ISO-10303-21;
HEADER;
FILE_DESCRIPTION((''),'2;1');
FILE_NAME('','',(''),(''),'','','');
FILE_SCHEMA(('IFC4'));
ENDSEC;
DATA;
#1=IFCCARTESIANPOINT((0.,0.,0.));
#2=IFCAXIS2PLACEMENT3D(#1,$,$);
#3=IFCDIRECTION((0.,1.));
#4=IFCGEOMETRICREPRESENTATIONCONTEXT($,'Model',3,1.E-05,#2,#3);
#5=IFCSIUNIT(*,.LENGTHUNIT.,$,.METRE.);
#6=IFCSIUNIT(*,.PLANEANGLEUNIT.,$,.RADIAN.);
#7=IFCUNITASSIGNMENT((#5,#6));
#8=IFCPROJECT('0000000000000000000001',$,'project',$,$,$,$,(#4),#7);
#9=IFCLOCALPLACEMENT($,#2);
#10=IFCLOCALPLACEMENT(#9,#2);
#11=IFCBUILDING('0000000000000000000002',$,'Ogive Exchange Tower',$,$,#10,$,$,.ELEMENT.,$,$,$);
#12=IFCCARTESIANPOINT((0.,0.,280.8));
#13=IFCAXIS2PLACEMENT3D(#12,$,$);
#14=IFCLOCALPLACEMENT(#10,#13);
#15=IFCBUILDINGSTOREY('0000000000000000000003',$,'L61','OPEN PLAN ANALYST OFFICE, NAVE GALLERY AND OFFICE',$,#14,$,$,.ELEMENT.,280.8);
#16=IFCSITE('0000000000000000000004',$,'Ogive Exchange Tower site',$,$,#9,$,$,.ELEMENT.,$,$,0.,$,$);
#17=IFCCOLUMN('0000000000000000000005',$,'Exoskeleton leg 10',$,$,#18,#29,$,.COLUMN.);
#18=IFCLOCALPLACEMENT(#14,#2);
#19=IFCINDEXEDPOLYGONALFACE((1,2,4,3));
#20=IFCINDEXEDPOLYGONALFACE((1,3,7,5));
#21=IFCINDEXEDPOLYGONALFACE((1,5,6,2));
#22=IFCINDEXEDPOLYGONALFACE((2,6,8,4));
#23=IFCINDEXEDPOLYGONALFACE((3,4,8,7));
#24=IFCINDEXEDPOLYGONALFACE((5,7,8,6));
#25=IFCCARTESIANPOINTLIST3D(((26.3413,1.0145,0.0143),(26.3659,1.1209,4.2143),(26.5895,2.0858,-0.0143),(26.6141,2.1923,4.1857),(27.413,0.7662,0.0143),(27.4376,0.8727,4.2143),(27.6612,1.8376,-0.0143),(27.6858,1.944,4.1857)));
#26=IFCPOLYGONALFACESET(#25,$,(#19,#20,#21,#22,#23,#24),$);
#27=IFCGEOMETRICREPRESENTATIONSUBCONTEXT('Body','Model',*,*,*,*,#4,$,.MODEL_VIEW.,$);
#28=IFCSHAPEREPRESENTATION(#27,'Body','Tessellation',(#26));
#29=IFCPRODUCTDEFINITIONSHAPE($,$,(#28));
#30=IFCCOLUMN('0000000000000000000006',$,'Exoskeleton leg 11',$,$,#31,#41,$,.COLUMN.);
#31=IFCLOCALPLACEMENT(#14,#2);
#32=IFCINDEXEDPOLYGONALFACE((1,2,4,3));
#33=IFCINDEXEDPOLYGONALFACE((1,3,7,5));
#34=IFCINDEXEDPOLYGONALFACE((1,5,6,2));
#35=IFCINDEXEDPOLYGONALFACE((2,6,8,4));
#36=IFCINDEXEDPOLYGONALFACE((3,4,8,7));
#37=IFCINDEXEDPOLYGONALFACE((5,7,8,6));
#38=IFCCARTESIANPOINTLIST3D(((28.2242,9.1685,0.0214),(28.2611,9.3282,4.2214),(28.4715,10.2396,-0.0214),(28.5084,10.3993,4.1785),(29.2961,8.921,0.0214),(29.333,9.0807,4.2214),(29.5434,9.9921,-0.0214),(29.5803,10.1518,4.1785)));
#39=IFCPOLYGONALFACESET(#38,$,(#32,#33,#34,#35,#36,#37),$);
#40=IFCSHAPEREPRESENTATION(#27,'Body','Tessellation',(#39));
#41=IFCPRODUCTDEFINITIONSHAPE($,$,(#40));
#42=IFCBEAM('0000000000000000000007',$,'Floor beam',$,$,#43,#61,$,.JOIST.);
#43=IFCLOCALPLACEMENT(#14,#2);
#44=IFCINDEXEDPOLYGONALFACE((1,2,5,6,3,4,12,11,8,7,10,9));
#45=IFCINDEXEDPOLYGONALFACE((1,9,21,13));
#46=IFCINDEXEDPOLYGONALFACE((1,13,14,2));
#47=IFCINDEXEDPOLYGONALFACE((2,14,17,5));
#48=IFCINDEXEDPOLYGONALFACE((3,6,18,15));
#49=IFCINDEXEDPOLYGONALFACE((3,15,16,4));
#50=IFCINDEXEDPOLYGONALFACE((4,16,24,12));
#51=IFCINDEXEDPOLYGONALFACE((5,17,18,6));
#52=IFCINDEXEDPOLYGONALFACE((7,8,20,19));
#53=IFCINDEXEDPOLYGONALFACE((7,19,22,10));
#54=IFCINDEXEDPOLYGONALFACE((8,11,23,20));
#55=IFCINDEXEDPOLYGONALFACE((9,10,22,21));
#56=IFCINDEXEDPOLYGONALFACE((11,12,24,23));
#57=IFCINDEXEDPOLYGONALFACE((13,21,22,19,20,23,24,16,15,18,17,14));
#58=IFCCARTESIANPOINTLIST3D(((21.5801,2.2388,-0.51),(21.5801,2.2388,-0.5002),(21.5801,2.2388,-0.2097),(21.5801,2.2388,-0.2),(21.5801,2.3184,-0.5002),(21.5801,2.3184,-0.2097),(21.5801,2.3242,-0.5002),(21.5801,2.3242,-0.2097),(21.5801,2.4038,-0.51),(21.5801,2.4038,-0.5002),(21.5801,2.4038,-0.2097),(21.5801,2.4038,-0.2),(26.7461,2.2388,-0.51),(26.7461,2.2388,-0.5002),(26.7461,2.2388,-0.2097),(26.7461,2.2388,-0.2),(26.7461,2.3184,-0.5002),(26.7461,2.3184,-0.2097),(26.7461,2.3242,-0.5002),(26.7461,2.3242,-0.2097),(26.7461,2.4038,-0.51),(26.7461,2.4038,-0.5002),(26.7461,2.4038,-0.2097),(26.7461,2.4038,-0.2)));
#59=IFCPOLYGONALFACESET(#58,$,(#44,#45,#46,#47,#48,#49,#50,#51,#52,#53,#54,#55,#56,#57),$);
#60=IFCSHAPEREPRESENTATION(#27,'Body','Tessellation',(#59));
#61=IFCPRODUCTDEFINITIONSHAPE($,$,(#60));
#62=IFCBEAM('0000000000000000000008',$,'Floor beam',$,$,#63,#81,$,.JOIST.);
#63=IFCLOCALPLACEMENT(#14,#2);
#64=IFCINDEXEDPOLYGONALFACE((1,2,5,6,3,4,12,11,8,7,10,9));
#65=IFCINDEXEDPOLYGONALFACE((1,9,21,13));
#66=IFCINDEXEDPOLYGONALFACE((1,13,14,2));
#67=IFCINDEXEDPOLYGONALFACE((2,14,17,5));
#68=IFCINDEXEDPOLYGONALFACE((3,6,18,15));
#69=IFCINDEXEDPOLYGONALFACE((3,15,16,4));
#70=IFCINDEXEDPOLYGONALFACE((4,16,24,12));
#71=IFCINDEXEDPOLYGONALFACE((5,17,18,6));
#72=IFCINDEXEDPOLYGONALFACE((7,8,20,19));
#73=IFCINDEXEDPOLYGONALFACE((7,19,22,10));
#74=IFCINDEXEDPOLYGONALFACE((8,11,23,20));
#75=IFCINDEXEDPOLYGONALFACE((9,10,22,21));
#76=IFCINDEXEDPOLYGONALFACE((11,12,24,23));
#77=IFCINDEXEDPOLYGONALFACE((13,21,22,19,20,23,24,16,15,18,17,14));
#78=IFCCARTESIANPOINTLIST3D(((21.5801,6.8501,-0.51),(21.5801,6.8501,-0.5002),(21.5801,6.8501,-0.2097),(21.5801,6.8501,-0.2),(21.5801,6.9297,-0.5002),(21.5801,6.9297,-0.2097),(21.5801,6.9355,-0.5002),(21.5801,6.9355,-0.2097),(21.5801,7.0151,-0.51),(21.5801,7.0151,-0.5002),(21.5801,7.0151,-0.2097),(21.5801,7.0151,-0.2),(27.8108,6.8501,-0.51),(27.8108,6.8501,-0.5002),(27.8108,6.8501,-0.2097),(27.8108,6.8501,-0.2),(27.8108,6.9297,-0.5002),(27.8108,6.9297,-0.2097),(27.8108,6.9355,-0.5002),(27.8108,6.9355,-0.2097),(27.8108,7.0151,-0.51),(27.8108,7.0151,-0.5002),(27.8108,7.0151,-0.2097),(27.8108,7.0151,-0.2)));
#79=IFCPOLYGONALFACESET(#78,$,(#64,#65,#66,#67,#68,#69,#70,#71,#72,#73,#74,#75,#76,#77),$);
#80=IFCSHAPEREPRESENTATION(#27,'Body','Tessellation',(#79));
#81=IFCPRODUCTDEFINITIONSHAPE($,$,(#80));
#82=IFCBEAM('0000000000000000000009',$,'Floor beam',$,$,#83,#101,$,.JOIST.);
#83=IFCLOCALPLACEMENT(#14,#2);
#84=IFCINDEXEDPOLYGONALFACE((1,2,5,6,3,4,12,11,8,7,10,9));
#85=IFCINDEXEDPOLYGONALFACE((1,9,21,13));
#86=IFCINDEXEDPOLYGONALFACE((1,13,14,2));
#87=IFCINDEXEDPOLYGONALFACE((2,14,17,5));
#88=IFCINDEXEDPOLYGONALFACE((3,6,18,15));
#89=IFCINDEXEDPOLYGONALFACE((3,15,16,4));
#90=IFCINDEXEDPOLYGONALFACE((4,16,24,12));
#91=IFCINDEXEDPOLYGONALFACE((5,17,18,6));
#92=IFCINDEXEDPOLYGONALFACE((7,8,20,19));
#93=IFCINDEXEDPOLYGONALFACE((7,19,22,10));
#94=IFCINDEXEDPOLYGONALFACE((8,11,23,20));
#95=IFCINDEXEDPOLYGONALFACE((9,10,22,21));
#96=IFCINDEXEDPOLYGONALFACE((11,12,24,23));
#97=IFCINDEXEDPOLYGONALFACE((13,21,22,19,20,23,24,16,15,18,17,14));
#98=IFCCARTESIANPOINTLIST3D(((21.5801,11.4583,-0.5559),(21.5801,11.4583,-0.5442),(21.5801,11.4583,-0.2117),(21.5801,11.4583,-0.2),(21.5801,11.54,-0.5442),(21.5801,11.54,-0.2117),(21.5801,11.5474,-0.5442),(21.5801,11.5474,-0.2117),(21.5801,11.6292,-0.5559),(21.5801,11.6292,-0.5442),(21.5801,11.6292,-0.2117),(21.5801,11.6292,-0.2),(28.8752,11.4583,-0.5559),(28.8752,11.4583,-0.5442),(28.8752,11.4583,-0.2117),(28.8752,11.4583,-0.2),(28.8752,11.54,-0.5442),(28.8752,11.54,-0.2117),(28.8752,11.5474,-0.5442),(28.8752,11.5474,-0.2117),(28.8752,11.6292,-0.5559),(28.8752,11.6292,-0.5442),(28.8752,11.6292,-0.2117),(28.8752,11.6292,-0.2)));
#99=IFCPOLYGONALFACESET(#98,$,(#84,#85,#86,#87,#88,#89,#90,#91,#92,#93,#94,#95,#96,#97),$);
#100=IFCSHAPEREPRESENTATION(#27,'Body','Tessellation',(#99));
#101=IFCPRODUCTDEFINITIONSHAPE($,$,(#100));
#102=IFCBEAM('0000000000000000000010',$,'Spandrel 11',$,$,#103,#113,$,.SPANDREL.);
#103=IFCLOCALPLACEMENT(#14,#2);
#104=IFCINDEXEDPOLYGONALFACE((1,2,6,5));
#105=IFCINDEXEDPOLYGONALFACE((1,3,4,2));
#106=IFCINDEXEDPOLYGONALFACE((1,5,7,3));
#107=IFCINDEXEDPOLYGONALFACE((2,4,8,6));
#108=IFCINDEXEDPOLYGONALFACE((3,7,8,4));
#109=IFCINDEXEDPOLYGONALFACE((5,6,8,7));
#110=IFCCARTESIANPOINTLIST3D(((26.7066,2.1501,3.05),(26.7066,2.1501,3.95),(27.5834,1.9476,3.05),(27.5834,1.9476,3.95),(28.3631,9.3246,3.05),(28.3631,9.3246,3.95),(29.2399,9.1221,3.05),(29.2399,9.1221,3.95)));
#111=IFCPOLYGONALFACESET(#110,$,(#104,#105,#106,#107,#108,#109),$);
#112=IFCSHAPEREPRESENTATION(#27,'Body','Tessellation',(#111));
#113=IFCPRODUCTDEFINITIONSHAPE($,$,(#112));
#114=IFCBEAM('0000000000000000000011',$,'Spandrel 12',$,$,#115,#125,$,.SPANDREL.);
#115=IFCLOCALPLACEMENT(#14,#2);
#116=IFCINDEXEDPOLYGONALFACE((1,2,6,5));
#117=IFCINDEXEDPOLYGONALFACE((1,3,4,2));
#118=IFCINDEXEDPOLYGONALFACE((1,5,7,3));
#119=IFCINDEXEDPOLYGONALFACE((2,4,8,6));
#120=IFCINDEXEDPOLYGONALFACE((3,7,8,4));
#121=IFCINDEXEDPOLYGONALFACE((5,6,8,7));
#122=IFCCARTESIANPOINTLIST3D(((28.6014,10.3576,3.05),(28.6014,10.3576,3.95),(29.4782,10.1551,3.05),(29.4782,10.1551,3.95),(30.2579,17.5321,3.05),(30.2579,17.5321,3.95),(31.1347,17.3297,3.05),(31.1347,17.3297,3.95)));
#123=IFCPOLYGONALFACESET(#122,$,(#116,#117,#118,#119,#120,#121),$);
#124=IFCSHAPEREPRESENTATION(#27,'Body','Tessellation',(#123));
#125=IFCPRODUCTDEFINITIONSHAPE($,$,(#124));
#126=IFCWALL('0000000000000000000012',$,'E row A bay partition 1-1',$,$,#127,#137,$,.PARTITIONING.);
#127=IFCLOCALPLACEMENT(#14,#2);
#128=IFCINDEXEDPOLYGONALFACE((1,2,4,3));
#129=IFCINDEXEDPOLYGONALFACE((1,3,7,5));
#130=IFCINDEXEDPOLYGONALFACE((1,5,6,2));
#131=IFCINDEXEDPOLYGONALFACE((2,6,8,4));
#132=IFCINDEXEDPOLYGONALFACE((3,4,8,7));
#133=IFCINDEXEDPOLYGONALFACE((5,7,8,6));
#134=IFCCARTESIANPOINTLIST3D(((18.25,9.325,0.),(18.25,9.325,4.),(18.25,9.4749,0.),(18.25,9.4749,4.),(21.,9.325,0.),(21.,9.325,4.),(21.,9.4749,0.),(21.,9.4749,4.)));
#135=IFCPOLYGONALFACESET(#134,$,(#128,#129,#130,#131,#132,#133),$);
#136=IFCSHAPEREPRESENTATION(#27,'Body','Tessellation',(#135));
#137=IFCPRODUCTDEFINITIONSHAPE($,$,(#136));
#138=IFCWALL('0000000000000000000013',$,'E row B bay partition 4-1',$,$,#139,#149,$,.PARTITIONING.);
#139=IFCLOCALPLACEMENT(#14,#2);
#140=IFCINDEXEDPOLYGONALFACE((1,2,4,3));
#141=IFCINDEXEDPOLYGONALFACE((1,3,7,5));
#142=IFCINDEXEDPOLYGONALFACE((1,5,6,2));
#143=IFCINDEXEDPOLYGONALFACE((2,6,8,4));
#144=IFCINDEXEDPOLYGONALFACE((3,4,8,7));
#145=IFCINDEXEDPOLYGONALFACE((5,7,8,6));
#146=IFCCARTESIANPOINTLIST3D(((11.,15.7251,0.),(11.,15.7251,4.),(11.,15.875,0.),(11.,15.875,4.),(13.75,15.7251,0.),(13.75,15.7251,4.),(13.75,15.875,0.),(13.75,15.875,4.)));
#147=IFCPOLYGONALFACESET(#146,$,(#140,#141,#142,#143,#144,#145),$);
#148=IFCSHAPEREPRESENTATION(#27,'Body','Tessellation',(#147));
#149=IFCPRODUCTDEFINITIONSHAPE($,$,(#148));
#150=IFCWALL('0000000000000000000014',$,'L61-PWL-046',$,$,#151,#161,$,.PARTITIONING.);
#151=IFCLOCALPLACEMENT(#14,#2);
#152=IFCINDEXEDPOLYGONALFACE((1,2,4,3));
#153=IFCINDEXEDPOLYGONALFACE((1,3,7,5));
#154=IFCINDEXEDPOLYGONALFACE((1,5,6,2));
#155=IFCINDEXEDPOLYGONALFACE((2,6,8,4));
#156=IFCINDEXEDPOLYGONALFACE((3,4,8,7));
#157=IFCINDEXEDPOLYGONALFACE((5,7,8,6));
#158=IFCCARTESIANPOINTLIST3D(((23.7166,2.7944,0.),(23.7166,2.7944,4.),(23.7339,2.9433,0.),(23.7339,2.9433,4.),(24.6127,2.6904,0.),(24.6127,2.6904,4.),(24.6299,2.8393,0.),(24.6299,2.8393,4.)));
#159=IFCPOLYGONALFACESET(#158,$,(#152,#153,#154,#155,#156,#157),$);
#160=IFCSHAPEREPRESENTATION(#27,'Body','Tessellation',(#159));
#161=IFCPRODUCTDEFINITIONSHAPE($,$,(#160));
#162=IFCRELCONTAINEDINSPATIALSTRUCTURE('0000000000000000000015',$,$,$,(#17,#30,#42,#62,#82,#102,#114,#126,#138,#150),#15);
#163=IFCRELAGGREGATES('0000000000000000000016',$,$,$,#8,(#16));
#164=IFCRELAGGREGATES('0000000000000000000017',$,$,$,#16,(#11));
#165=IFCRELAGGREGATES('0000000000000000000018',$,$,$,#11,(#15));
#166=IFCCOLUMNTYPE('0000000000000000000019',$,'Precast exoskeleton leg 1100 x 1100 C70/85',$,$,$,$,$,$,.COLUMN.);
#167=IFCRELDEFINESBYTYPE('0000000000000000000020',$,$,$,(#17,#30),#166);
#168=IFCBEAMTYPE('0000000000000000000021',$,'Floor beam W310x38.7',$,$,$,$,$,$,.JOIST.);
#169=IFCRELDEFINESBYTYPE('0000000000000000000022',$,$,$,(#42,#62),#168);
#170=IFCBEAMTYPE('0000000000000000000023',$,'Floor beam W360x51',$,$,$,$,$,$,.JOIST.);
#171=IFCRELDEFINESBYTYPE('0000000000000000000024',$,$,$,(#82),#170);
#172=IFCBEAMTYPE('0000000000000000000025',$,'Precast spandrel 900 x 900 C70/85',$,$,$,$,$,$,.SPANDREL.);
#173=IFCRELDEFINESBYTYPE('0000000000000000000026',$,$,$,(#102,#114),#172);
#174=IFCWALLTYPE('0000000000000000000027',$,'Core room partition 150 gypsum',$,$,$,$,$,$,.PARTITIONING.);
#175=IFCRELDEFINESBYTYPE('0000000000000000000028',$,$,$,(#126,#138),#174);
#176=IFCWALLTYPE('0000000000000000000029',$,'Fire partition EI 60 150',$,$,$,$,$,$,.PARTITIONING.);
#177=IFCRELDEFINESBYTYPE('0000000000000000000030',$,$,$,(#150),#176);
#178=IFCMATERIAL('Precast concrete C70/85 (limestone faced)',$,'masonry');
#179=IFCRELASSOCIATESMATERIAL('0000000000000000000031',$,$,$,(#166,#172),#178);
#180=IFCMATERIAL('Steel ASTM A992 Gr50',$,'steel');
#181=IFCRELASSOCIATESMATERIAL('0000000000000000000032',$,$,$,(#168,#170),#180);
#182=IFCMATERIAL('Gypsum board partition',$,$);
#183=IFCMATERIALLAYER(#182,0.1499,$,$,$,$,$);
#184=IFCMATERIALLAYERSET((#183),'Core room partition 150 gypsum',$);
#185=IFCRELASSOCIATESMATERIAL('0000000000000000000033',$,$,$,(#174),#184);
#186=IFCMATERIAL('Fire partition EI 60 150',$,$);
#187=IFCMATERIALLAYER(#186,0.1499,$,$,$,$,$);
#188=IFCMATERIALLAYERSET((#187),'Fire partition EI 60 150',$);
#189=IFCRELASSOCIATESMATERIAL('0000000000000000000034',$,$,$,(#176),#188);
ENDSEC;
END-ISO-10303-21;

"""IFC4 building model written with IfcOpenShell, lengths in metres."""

from ifc_helpers import new_model, si_unit, direction, frame, frame_2d, origin, origin_2d, place, context, subcontext, project, spatial, rectangle, i_section, extrude, material, layer, layer_set, material_profile, profile_set, type_object, element, save


model = new_model("IFC4")

# Units and contexts
model_context = context("Model", 3, precision=1e-05, world=origin(), true_north=direction((0.0, 1.0)))
body_context = subcontext(model_context, "Body", "Model", "MODEL_VIEW")
ifc_project = project(units=[si_unit("LENGTHUNIT", "METRE"), si_unit("PLANEANGLEUNIT", "RADIAN")], contexts=[model_context])

# Site, building, storey
site_placement = place(None, origin())
site = spatial("IfcSite", under=ifc_project, at=site_placement, Name="Ogive Exchange Tower site", CompositionType="ELEMENT", RefElevation=0.0)
building_placement = place(site_placement, origin())
building = spatial("IfcBuilding", under=site, at=building_placement, Name="Ogive Exchange Tower", CompositionType="ELEMENT")
storey_placement = place(building_placement, frame((0.0, 0.0, 280.8)))
storey = spatial("IfcBuildingStorey", under=building, at=storey_placement, Name="L61", Description="OPEN PLAN ANALYST OFFICE, NAVE GALLERY AND OFFICE", CompositionType="ELEMENT", Elevation=280.8)

# Columns
ifc_material_1 = material(Name="Precast concrete C70/85 (limestone faced)", Category="masonry")
ifc_material_profile_1 = material_profile(ifc_material_1, rectangle(XDim=1.1001, YDim=1.1001, at=origin_2d()), Name="1100 x 1100")
ifc_profile_set_1 = profile_set([ifc_material_profile_1], Name="Precast concrete C70/85 (limestone faced)")
column_type = type_object("IfcColumnType", Name="Precast exoskeleton leg 1100 x 1100 C70/85", PredefinedType="COLUMN", material=ifc_profile_set_1)
column_1_placement = place(storey_placement, frame((27.0012, 1.426, 0.0), z_axis=(0.005869, 0.025336, 0.999662), x_axis=(-0.974203, 0.225675, 0.0)))
element("IfcColumn", 1, at=column_1_placement, inside=storey, type_object=column_type, Name="Exoskeleton leg 10", PredefinedType="COLUMN", context=body_context, shape_type="SweptSolid", body=[
    extrude(rectangle(XDim=1.1001, YDim=1.1001, at=origin_2d()), origin(), (0.0, 0.0, 1.0), 4.2014),
])
column_2_placement = place(storey_placement, frame((28.8838, 9.5803, 0.0), z_axis=(0.008771, 0.037988, 0.99924), x_axis=(-0.974366, 0.224968, 0.0)))
element("IfcColumn", 2, at=column_2_placement, inside=storey, type_object=column_type, Name="Exoskeleton leg 11", PredefinedType="COLUMN", context=body_context, shape_type="SweptSolid", body=[
    extrude(rectangle(XDim=1.1001, YDim=1.1001, at=origin_2d()), origin(), (0.0, 0.0, 1.0), 4.2031),
])

# Beams
ifc_material_2 = material(Name="Steel ASTM A992 Gr50", Category="steel")
ifc_material_profile_2 = material_profile(ifc_material_2, i_section(OverallWidth=0.165, OverallDepth=0.3101, WebThickness=0.0059, FlangeThickness=0.0098, at=origin_2d()), Name="W310x38.7")
ifc_profile_set_2 = profile_set([ifc_material_profile_2], Name="Steel ASTM A992 Gr50")
beam_type_1 = type_object("IfcBeamType", Name="Floor beam W310x38.7", PredefinedType="JOIST", material=ifc_profile_set_2)
beam_1_placement = place(storey_placement, frame((21.5801, 2.3213, -0.355), z_axis=(1.0, 0.0, 0.0), x_axis=(0.0, 1.0, 0.0)))
element("IfcBeam", 3, at=beam_1_placement, inside=storey, type_object=beam_type_1, Name="Floor beam", PredefinedType="JOIST", context=body_context, shape_type="SweptSolid", body=[
    extrude(i_section(OverallWidth=0.165, OverallDepth=0.3101, WebThickness=0.0059, FlangeThickness=0.0098, at=origin_2d()), origin(), (0.0, 0.0, 1.0), 5.166),
])
beam_2_placement = place(storey_placement, frame((21.5801, 6.9326, -0.355), z_axis=(1.0, 0.0, 0.0), x_axis=(0.0, 1.0, 0.0)))
element("IfcBeam", 4, at=beam_2_placement, inside=storey, type_object=beam_type_1, Name="Floor beam", PredefinedType="JOIST", context=body_context, shape_type="SweptSolid", body=[
    extrude(i_section(OverallWidth=0.165, OverallDepth=0.3101, WebThickness=0.0059, FlangeThickness=0.0098, at=origin_2d()), origin(), (0.0, 0.0, 1.0), 6.2307),
])
ifc_material_profile_3 = material_profile(ifc_material_2, i_section(OverallWidth=0.1709, OverallDepth=0.356, WebThickness=0.0073, FlangeThickness=0.0117, at=origin_2d()), Name="W360x51")
ifc_profile_set_3 = profile_set([ifc_material_profile_3], Name="Steel ASTM A992 Gr50")
beam_type_2 = type_object("IfcBeamType", Name="Floor beam W360x51", PredefinedType="JOIST", material=ifc_profile_set_3)
beam_3_placement = place(storey_placement, frame((21.5801, 11.5437, -0.3779), z_axis=(1.0, 0.0, 0.0), x_axis=(0.0, 1.0, 0.0)))
element("IfcBeam", 5, at=beam_3_placement, inside=storey, type_object=beam_type_2, Name="Floor beam", PredefinedType="JOIST", context=body_context, shape_type="SweptSolid", body=[
    extrude(i_section(OverallWidth=0.1709, OverallDepth=0.356, WebThickness=0.0073, FlangeThickness=0.0117, at=origin_2d()), origin(), (0.0, 0.0, 1.0), 7.2952),
])
ifc_material_profile_4 = material_profile(ifc_material_1, rectangle(XDim=0.8999, YDim=0.8999, at=origin_2d()), Name="900 x 900")
ifc_profile_set_4 = profile_set([ifc_material_profile_4], Name="Precast concrete C70/85 (limestone faced)")
beam_type_3 = type_object("IfcBeamType", Name="Precast spandrel 900 x 900 C70/85", PredefinedType="SPANDREL", material=ifc_profile_set_4)
for number, where, z_axis, x_axis, name in (
    (6, (27.145, 2.0488, 3.5), (0.224966, 0.974367, 0.0), (-0.974367, 0.224966, 0.0), "Spandrel 11"),
    (7, (29.0398, 10.2563, 3.5), (0.224966, 0.974367, 0.0), (-0.974367, 0.224966, 0.0), "Spandrel 12"),
):
    element("IfcBeam", number, at=place(storey_placement, frame(where, z_axis=z_axis, x_axis=x_axis)), inside=storey, type_object=beam_type_3, Name=name, PredefinedType="SPANDREL", context=body_context, shape_type="SweptSolid", body=[
        extrude(rectangle(XDim=0.8999, YDim=0.8999, at=origin_2d()), origin(), (0.0, 0.0, 1.0), 7.3633),
    ])

# Walls
ifc_material_3 = material(Name="Gypsum board partition")
ifc_layer_1 = layer(ifc_material_3, 0.1499)
ifc_layer_set_1 = layer_set([ifc_layer_1], Name="Core room partition 150 gypsum")
wall_type_1 = type_object("IfcWallType", Name="Core room partition 150 gypsum", PredefinedType="PARTITIONING", material=ifc_layer_set_1)
for number, where, z_axis, x_axis, name in (
    (8, (18.25, 9.3999, 0.0), (0.0, 0.0, 1.0), (1.0, 0.0, 0.0), "E row A bay partition 1-1"),
    (9, (11.0, 15.8, 0.0), (0.0, 0.0, 1.0), (1.0, 0.0, 0.0), "E row B bay partition 4-1"),
):
    element("IfcWall", number, at=place(storey_placement, frame(where, z_axis=z_axis, x_axis=x_axis)), inside=storey, type_object=wall_type_1, Name=name, PredefinedType="PARTITIONING", context=body_context, shape_type="SweptSolid", body=[
        extrude(rectangle(XDim=2.75, YDim=0.1499, at=frame_2d((1.375, 0.0))), origin(), (0.0, 0.0, 1.0), 4.0),
    ])
ifc_material_4 = material(Name="Fire partition EI 60 150")
ifc_layer_2 = layer(ifc_material_4, 0.1499)
ifc_layer_set_2 = layer_set([ifc_layer_2], Name="Fire partition EI 60 150")
wall_type_2 = type_object("IfcWallType", Name="Fire partition EI 60 150", PredefinedType="PARTITIONING", material=ifc_layer_set_2)
wall_1_placement = place(storey_placement, frame((23.7251, 2.8689, 0.0), z_axis=(0.0, 0.0, 1.0), x_axis=(0.99333, -0.115302, 0.0)))
element("IfcWall", 10, at=wall_1_placement, inside=storey, type_object=wall_type_2, Name="L61-PWL-046", PredefinedType="PARTITIONING", context=body_context, shape_type="SweptSolid", body=[
    extrude(rectangle(XDim=0.9021, YDim=0.1499, at=frame_2d((0.4512, 0.0))), origin(), (0.0, 0.0, 1.0), 4.0),
])

save(model, "model.ifc")
